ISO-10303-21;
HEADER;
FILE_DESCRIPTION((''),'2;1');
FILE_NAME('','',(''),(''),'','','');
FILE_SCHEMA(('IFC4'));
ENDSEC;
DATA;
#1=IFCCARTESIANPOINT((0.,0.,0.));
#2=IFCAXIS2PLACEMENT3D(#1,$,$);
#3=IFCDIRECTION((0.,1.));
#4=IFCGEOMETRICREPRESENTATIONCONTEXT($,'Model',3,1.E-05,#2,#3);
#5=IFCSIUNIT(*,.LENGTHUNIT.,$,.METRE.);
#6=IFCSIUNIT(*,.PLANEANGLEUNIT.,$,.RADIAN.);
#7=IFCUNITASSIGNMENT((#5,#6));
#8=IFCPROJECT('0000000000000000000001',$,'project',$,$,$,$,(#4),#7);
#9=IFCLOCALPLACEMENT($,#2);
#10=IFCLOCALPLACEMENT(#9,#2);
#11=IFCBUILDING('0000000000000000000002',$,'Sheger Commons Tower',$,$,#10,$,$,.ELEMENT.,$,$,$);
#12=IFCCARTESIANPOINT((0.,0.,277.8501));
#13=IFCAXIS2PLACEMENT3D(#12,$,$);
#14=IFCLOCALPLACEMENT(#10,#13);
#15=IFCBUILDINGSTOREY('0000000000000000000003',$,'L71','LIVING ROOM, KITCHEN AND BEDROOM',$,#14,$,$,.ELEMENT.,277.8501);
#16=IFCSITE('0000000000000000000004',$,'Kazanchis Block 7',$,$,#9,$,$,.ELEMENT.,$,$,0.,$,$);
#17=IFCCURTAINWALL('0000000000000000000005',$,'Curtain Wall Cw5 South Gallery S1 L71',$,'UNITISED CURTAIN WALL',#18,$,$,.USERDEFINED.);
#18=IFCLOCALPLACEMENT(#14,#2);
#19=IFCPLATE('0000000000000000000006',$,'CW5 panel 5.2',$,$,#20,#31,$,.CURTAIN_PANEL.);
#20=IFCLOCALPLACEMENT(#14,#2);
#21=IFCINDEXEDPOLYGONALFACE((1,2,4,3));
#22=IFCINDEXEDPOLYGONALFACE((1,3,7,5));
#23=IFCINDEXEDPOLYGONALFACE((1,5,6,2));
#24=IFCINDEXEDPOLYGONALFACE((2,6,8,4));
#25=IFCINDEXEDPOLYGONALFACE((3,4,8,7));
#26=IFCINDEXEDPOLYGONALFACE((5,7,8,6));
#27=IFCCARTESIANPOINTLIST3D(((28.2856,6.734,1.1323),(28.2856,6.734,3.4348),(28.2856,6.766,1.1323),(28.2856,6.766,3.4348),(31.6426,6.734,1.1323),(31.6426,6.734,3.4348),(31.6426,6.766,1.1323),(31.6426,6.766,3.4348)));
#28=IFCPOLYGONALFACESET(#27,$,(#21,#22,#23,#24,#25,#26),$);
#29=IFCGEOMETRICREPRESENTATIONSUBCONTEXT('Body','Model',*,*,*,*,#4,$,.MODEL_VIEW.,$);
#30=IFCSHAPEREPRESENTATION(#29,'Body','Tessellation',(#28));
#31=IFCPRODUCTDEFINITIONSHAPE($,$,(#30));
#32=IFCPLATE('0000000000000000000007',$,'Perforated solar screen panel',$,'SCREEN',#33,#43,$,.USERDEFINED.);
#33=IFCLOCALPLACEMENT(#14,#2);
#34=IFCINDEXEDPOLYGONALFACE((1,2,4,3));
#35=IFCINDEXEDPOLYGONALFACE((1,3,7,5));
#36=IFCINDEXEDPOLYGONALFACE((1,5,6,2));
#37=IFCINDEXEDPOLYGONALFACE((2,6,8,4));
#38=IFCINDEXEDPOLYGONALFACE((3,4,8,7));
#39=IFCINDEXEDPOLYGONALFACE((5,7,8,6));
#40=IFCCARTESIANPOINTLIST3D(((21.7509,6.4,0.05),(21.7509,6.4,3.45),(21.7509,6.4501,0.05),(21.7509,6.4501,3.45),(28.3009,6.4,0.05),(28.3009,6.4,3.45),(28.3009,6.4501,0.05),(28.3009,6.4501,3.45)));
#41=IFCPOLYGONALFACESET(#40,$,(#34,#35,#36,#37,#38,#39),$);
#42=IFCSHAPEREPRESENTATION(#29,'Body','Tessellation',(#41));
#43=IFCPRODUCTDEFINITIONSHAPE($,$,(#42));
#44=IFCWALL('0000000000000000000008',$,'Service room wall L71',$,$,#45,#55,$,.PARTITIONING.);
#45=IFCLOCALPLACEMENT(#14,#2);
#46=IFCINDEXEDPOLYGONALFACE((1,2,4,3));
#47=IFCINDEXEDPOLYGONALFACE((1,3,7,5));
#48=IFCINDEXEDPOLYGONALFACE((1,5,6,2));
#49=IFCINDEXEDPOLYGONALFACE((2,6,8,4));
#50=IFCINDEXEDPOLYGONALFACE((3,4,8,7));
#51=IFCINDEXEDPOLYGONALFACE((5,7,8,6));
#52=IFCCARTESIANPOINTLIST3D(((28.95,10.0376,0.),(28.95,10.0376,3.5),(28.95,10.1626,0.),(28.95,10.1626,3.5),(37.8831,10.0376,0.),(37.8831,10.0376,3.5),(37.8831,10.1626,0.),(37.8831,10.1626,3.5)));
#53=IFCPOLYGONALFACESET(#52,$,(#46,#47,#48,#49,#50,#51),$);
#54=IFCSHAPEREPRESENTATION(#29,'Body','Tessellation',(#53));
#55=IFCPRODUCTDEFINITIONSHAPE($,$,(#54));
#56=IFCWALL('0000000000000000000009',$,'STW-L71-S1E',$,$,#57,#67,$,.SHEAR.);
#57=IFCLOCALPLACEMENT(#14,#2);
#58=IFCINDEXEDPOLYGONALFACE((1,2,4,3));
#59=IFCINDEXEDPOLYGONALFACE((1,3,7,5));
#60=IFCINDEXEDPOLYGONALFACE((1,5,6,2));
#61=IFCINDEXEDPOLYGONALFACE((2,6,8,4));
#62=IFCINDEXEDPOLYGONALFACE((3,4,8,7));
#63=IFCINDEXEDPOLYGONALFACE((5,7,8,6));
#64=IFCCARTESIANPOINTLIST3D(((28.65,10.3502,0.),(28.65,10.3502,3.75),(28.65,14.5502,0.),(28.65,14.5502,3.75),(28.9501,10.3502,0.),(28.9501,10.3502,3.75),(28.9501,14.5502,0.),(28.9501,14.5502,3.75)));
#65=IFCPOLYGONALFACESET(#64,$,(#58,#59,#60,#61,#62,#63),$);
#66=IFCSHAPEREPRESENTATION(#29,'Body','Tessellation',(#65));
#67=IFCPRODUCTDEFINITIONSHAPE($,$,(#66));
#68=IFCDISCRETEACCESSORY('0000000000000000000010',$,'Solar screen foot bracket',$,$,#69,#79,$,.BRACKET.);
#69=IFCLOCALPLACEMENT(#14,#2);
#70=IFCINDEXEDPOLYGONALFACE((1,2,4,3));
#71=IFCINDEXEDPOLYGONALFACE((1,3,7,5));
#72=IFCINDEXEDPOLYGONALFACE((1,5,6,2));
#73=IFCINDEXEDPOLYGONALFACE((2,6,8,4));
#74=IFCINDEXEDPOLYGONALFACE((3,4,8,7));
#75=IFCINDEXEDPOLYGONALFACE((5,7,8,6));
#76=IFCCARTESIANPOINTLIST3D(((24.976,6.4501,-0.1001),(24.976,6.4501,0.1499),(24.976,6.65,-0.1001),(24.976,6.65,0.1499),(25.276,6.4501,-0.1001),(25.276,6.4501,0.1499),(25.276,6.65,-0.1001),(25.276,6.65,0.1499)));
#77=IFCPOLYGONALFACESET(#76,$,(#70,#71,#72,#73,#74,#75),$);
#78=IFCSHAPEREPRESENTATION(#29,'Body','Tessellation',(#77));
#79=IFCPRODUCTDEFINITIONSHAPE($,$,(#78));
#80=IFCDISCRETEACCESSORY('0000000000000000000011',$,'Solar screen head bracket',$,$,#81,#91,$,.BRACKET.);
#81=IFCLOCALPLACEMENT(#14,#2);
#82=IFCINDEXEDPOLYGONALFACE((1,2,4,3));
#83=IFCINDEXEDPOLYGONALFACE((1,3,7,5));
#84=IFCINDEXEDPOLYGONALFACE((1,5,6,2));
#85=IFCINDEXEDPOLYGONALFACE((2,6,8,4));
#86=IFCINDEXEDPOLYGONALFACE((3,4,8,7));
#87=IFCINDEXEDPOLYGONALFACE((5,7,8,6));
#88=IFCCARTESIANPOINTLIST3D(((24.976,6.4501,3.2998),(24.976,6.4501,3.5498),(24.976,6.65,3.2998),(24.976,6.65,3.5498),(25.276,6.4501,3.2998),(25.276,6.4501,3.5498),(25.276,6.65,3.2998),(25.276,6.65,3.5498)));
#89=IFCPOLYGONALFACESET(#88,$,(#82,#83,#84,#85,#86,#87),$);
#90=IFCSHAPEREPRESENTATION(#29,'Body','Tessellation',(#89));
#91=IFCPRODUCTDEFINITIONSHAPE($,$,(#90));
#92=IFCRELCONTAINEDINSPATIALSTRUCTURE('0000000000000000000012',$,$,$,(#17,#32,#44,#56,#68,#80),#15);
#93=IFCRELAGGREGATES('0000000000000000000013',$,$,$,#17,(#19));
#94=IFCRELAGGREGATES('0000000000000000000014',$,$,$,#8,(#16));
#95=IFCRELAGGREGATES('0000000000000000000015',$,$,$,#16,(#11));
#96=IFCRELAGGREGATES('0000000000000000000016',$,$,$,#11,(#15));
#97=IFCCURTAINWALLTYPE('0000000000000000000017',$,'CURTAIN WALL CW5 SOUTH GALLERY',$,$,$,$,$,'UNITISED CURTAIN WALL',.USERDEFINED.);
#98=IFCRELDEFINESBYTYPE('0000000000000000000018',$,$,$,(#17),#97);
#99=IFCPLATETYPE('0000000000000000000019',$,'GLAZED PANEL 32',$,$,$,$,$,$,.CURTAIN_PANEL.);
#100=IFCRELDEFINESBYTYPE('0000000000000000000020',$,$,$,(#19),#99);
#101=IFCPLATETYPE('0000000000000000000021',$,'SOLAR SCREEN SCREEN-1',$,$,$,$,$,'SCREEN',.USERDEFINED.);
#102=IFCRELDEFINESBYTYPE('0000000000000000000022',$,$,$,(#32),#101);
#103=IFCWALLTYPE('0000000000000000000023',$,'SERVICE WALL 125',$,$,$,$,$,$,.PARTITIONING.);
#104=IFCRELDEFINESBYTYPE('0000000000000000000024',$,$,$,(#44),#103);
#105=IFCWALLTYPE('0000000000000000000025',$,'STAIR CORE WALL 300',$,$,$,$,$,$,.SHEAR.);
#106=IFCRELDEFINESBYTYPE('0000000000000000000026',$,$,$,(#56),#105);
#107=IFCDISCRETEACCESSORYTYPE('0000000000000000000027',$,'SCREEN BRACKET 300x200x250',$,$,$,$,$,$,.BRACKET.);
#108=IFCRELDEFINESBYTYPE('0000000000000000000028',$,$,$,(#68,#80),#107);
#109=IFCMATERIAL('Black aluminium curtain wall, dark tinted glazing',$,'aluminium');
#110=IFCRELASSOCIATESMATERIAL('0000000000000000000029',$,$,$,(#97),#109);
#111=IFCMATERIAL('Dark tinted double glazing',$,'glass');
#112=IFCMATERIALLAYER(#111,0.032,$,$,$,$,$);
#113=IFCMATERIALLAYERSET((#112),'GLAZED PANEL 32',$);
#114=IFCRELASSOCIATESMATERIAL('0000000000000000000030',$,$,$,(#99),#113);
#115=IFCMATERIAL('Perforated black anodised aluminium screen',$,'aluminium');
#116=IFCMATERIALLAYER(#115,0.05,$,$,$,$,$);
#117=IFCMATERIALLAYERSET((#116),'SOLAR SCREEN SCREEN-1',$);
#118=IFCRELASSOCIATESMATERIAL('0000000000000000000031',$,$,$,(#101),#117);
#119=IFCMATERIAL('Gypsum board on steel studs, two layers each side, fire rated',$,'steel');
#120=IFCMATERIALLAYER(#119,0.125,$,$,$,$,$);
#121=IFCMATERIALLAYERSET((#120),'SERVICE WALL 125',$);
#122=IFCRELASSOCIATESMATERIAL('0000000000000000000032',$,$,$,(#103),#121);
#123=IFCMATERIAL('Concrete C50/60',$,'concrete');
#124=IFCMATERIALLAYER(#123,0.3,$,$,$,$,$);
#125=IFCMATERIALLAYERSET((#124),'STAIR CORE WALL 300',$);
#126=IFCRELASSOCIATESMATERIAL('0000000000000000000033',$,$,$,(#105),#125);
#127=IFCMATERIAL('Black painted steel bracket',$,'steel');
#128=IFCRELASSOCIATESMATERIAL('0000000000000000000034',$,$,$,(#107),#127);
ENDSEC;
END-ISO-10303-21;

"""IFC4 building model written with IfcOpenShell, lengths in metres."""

from ifc_helpers import new_model, si_unit, direction, frame, frame_2d, origin, origin_2d, place, context, subcontext, project, spatial, rectangle, extrude, material, layer, layer_set, type_object, element, aggregate, save


model = new_model("IFC4")

# Units and contexts
model_context = context("Model", 3, precision=1e-05, world=origin(), true_north=direction((0.0, 1.0)))
body_context = subcontext(model_context, "Body", "Model", "MODEL_VIEW")
ifc_project = project(units=[si_unit("LENGTHUNIT", "METRE"), si_unit("PLANEANGLEUNIT", "RADIAN")], contexts=[model_context])

# Site, building, storey
site_placement = place(None, origin())
site = spatial("IfcSite", under=ifc_project, at=site_placement, Name="Kazanchis Block 7", CompositionType="ELEMENT", RefElevation=0.0)
building_placement = place(site_placement, origin())
building = spatial("IfcBuilding", under=site, at=building_placement, Name="Sheger Commons Tower", CompositionType="ELEMENT")
storey_placement = place(building_placement, frame((0.0, 0.0, 277.8501)))
storey = spatial("IfcBuildingStorey", under=building, at=storey_placement, Name="L71", Description="LIVING ROOM, KITCHEN AND BEDROOM", CompositionType="ELEMENT", Elevation=277.8501)

# Curtain wall
ifc_material_1 = material(Name="Black aluminium curtain wall, dark tinted glazing", Category="aluminium")
curtain_wall_type = type_object("IfcCurtainWallType", Name="CURTAIN WALL CW5 SOUTH GALLERY", ElementType="UNITISED CURTAIN WALL", PredefinedType="USERDEFINED", material=ifc_material_1)
curtain_wall_placement = place(storey_placement, origin())
curtain_wall = element("IfcCurtainWall", 1, at=curtain_wall_placement, inside=storey, type_object=curtain_wall_type, Name="Curtain Wall Cw5 South Gallery S1 L71", ObjectType="UNITISED CURTAIN WALL", PredefinedType="USERDEFINED")

# Plates
ifc_material_2 = material(Name="Dark tinted double glazing", Category="glass")
ifc_layer_1 = layer(ifc_material_2, 0.032)
ifc_layer_set_1 = layer_set([ifc_layer_1], Name="GLAZED PANEL 32")
plate_type_1 = type_object("IfcPlateType", Name="GLAZED PANEL 32", PredefinedType="CURTAIN_PANEL", material=ifc_layer_set_1)
plate_1_placement = place(storey_placement, frame((29.9641, 6.75, 1.1323), z_axis=(0.0, 0.0, 1.0), x_axis=(1.0, 0.0, 0.0)))
plate_1 = element("IfcPlate", 2, at=plate_1_placement, type_object=plate_type_1, Name="CW5 panel 5.2", PredefinedType="CURTAIN_PANEL", context=body_context, shape_type="SweptSolid", body=[
    extrude(rectangle(XDim=3.3569, YDim=0.032, at=origin_2d()), origin(), (0.0, 0.0, 1.0), 2.3025),
])
aggregate(curtain_wall, [plate_1])
ifc_material_3 = material(Name="Perforated black anodised aluminium screen", Category="aluminium")
ifc_layer_2 = layer(ifc_material_3, 0.05)
ifc_layer_set_2 = layer_set([ifc_layer_2], Name="SOLAR SCREEN SCREEN-1")
plate_type_2 = type_object("IfcPlateType", Name="SOLAR SCREEN SCREEN-1", ElementType="SCREEN", PredefinedType="USERDEFINED", material=ifc_layer_set_2)
plate_2_placement = place(storey_placement, frame((25.0259, 6.425, 0.05), z_axis=(0.0, 0.0, 1.0), x_axis=(1.0, 0.0, 0.0)))
element("IfcPlate", 3, at=plate_2_placement, inside=storey, type_object=plate_type_2, Name="Perforated solar screen panel", ObjectType="SCREEN", PredefinedType="USERDEFINED", context=body_context, shape_type="SweptSolid", body=[
    extrude(rectangle(XDim=6.55, YDim=0.05, at=origin_2d()), origin(), (0.0, 0.0, 1.0), 3.3999),
])

# Walls
ifc_material_4 = material(Name="Gypsum board on steel studs, two layers each side, fire rated", Category="steel")
ifc_layer_3 = layer(ifc_material_4, 0.125)
ifc_layer_set_3 = layer_set([ifc_layer_3], Name="SERVICE WALL 125")
wall_type_1 = type_object("IfcWallType", Name="SERVICE WALL 125", PredefinedType="PARTITIONING", material=ifc_layer_set_3)
wall_1_placement = place(storey_placement, frame((28.95, 10.1001, 0.0), z_axis=(0.0, 0.0, 1.0), x_axis=(1.0, 0.0, 0.0)))
element("IfcWall", 4, at=wall_1_placement, inside=storey, type_object=wall_type_1, Name="Service room wall L71", PredefinedType="PARTITIONING", context=body_context, shape_type="SweptSolid", body=[
    extrude(rectangle(XDim=8.9331, YDim=0.125, at=frame_2d((4.4666, 0.0))), origin(), (0.0, 0.0, 1.0), 3.5),
])
ifc_material_5 = material(Name="Concrete C50/60", Category="concrete")
ifc_layer_4 = layer(ifc_material_5, 0.3)
ifc_layer_set_4 = layer_set([ifc_layer_4], Name="STAIR CORE WALL 300")
wall_type_2 = type_object("IfcWallType", Name="STAIR CORE WALL 300", PredefinedType="SHEAR", material=ifc_layer_set_4)
wall_2_placement = place(storey_placement, frame((28.8, 10.3501, 0.0), z_axis=(0.0, 0.0, 1.0), x_axis=(0.0, 1.0, 0.0)))
element("IfcWall", 5, at=wall_2_placement, inside=storey, type_object=wall_type_2, Name="STW-L71-S1E", PredefinedType="SHEAR", context=body_context, shape_type="SweptSolid", body=[
    extrude(rectangle(XDim=4.2, YDim=0.3, at=frame_2d((2.1001, 0.0))), origin(), (0.0, 0.0, 1.0), 3.75),
])

# Discrete accessories
ifc_material_6 = material(Name="Black painted steel bracket", Category="steel")
discrete_accessory_type = type_object("IfcDiscreteAccessoryType", Name="SCREEN BRACKET 300x200x250", PredefinedType="BRACKET", material=ifc_material_6)
for number, where, z_axis, x_axis, name in (
    (6, (25.126, 6.55, -0.1001), (0.0, 0.0, 1.0), (1.0, 0.0, 0.0), "Solar screen foot bracket"),
    (7, (25.126, 6.55, 3.2998), (0.0, 0.0, 1.0), (1.0, 0.0, 0.0), "Solar screen head bracket"),
):
    element("IfcDiscreteAccessory", number, at=place(storey_placement, frame(where, z_axis=z_axis, x_axis=x_axis)), inside=storey, type_object=discrete_accessory_type, Name=name, PredefinedType="BRACKET", context=body_context, shape_type="SweptSolid", body=[
        extrude(rectangle(XDim=0.3, YDim=0.2, at=origin_2d()), origin(), (0.0, 0.0, 1.0), 0.25),
    ])

save(model, "model.ifc")
